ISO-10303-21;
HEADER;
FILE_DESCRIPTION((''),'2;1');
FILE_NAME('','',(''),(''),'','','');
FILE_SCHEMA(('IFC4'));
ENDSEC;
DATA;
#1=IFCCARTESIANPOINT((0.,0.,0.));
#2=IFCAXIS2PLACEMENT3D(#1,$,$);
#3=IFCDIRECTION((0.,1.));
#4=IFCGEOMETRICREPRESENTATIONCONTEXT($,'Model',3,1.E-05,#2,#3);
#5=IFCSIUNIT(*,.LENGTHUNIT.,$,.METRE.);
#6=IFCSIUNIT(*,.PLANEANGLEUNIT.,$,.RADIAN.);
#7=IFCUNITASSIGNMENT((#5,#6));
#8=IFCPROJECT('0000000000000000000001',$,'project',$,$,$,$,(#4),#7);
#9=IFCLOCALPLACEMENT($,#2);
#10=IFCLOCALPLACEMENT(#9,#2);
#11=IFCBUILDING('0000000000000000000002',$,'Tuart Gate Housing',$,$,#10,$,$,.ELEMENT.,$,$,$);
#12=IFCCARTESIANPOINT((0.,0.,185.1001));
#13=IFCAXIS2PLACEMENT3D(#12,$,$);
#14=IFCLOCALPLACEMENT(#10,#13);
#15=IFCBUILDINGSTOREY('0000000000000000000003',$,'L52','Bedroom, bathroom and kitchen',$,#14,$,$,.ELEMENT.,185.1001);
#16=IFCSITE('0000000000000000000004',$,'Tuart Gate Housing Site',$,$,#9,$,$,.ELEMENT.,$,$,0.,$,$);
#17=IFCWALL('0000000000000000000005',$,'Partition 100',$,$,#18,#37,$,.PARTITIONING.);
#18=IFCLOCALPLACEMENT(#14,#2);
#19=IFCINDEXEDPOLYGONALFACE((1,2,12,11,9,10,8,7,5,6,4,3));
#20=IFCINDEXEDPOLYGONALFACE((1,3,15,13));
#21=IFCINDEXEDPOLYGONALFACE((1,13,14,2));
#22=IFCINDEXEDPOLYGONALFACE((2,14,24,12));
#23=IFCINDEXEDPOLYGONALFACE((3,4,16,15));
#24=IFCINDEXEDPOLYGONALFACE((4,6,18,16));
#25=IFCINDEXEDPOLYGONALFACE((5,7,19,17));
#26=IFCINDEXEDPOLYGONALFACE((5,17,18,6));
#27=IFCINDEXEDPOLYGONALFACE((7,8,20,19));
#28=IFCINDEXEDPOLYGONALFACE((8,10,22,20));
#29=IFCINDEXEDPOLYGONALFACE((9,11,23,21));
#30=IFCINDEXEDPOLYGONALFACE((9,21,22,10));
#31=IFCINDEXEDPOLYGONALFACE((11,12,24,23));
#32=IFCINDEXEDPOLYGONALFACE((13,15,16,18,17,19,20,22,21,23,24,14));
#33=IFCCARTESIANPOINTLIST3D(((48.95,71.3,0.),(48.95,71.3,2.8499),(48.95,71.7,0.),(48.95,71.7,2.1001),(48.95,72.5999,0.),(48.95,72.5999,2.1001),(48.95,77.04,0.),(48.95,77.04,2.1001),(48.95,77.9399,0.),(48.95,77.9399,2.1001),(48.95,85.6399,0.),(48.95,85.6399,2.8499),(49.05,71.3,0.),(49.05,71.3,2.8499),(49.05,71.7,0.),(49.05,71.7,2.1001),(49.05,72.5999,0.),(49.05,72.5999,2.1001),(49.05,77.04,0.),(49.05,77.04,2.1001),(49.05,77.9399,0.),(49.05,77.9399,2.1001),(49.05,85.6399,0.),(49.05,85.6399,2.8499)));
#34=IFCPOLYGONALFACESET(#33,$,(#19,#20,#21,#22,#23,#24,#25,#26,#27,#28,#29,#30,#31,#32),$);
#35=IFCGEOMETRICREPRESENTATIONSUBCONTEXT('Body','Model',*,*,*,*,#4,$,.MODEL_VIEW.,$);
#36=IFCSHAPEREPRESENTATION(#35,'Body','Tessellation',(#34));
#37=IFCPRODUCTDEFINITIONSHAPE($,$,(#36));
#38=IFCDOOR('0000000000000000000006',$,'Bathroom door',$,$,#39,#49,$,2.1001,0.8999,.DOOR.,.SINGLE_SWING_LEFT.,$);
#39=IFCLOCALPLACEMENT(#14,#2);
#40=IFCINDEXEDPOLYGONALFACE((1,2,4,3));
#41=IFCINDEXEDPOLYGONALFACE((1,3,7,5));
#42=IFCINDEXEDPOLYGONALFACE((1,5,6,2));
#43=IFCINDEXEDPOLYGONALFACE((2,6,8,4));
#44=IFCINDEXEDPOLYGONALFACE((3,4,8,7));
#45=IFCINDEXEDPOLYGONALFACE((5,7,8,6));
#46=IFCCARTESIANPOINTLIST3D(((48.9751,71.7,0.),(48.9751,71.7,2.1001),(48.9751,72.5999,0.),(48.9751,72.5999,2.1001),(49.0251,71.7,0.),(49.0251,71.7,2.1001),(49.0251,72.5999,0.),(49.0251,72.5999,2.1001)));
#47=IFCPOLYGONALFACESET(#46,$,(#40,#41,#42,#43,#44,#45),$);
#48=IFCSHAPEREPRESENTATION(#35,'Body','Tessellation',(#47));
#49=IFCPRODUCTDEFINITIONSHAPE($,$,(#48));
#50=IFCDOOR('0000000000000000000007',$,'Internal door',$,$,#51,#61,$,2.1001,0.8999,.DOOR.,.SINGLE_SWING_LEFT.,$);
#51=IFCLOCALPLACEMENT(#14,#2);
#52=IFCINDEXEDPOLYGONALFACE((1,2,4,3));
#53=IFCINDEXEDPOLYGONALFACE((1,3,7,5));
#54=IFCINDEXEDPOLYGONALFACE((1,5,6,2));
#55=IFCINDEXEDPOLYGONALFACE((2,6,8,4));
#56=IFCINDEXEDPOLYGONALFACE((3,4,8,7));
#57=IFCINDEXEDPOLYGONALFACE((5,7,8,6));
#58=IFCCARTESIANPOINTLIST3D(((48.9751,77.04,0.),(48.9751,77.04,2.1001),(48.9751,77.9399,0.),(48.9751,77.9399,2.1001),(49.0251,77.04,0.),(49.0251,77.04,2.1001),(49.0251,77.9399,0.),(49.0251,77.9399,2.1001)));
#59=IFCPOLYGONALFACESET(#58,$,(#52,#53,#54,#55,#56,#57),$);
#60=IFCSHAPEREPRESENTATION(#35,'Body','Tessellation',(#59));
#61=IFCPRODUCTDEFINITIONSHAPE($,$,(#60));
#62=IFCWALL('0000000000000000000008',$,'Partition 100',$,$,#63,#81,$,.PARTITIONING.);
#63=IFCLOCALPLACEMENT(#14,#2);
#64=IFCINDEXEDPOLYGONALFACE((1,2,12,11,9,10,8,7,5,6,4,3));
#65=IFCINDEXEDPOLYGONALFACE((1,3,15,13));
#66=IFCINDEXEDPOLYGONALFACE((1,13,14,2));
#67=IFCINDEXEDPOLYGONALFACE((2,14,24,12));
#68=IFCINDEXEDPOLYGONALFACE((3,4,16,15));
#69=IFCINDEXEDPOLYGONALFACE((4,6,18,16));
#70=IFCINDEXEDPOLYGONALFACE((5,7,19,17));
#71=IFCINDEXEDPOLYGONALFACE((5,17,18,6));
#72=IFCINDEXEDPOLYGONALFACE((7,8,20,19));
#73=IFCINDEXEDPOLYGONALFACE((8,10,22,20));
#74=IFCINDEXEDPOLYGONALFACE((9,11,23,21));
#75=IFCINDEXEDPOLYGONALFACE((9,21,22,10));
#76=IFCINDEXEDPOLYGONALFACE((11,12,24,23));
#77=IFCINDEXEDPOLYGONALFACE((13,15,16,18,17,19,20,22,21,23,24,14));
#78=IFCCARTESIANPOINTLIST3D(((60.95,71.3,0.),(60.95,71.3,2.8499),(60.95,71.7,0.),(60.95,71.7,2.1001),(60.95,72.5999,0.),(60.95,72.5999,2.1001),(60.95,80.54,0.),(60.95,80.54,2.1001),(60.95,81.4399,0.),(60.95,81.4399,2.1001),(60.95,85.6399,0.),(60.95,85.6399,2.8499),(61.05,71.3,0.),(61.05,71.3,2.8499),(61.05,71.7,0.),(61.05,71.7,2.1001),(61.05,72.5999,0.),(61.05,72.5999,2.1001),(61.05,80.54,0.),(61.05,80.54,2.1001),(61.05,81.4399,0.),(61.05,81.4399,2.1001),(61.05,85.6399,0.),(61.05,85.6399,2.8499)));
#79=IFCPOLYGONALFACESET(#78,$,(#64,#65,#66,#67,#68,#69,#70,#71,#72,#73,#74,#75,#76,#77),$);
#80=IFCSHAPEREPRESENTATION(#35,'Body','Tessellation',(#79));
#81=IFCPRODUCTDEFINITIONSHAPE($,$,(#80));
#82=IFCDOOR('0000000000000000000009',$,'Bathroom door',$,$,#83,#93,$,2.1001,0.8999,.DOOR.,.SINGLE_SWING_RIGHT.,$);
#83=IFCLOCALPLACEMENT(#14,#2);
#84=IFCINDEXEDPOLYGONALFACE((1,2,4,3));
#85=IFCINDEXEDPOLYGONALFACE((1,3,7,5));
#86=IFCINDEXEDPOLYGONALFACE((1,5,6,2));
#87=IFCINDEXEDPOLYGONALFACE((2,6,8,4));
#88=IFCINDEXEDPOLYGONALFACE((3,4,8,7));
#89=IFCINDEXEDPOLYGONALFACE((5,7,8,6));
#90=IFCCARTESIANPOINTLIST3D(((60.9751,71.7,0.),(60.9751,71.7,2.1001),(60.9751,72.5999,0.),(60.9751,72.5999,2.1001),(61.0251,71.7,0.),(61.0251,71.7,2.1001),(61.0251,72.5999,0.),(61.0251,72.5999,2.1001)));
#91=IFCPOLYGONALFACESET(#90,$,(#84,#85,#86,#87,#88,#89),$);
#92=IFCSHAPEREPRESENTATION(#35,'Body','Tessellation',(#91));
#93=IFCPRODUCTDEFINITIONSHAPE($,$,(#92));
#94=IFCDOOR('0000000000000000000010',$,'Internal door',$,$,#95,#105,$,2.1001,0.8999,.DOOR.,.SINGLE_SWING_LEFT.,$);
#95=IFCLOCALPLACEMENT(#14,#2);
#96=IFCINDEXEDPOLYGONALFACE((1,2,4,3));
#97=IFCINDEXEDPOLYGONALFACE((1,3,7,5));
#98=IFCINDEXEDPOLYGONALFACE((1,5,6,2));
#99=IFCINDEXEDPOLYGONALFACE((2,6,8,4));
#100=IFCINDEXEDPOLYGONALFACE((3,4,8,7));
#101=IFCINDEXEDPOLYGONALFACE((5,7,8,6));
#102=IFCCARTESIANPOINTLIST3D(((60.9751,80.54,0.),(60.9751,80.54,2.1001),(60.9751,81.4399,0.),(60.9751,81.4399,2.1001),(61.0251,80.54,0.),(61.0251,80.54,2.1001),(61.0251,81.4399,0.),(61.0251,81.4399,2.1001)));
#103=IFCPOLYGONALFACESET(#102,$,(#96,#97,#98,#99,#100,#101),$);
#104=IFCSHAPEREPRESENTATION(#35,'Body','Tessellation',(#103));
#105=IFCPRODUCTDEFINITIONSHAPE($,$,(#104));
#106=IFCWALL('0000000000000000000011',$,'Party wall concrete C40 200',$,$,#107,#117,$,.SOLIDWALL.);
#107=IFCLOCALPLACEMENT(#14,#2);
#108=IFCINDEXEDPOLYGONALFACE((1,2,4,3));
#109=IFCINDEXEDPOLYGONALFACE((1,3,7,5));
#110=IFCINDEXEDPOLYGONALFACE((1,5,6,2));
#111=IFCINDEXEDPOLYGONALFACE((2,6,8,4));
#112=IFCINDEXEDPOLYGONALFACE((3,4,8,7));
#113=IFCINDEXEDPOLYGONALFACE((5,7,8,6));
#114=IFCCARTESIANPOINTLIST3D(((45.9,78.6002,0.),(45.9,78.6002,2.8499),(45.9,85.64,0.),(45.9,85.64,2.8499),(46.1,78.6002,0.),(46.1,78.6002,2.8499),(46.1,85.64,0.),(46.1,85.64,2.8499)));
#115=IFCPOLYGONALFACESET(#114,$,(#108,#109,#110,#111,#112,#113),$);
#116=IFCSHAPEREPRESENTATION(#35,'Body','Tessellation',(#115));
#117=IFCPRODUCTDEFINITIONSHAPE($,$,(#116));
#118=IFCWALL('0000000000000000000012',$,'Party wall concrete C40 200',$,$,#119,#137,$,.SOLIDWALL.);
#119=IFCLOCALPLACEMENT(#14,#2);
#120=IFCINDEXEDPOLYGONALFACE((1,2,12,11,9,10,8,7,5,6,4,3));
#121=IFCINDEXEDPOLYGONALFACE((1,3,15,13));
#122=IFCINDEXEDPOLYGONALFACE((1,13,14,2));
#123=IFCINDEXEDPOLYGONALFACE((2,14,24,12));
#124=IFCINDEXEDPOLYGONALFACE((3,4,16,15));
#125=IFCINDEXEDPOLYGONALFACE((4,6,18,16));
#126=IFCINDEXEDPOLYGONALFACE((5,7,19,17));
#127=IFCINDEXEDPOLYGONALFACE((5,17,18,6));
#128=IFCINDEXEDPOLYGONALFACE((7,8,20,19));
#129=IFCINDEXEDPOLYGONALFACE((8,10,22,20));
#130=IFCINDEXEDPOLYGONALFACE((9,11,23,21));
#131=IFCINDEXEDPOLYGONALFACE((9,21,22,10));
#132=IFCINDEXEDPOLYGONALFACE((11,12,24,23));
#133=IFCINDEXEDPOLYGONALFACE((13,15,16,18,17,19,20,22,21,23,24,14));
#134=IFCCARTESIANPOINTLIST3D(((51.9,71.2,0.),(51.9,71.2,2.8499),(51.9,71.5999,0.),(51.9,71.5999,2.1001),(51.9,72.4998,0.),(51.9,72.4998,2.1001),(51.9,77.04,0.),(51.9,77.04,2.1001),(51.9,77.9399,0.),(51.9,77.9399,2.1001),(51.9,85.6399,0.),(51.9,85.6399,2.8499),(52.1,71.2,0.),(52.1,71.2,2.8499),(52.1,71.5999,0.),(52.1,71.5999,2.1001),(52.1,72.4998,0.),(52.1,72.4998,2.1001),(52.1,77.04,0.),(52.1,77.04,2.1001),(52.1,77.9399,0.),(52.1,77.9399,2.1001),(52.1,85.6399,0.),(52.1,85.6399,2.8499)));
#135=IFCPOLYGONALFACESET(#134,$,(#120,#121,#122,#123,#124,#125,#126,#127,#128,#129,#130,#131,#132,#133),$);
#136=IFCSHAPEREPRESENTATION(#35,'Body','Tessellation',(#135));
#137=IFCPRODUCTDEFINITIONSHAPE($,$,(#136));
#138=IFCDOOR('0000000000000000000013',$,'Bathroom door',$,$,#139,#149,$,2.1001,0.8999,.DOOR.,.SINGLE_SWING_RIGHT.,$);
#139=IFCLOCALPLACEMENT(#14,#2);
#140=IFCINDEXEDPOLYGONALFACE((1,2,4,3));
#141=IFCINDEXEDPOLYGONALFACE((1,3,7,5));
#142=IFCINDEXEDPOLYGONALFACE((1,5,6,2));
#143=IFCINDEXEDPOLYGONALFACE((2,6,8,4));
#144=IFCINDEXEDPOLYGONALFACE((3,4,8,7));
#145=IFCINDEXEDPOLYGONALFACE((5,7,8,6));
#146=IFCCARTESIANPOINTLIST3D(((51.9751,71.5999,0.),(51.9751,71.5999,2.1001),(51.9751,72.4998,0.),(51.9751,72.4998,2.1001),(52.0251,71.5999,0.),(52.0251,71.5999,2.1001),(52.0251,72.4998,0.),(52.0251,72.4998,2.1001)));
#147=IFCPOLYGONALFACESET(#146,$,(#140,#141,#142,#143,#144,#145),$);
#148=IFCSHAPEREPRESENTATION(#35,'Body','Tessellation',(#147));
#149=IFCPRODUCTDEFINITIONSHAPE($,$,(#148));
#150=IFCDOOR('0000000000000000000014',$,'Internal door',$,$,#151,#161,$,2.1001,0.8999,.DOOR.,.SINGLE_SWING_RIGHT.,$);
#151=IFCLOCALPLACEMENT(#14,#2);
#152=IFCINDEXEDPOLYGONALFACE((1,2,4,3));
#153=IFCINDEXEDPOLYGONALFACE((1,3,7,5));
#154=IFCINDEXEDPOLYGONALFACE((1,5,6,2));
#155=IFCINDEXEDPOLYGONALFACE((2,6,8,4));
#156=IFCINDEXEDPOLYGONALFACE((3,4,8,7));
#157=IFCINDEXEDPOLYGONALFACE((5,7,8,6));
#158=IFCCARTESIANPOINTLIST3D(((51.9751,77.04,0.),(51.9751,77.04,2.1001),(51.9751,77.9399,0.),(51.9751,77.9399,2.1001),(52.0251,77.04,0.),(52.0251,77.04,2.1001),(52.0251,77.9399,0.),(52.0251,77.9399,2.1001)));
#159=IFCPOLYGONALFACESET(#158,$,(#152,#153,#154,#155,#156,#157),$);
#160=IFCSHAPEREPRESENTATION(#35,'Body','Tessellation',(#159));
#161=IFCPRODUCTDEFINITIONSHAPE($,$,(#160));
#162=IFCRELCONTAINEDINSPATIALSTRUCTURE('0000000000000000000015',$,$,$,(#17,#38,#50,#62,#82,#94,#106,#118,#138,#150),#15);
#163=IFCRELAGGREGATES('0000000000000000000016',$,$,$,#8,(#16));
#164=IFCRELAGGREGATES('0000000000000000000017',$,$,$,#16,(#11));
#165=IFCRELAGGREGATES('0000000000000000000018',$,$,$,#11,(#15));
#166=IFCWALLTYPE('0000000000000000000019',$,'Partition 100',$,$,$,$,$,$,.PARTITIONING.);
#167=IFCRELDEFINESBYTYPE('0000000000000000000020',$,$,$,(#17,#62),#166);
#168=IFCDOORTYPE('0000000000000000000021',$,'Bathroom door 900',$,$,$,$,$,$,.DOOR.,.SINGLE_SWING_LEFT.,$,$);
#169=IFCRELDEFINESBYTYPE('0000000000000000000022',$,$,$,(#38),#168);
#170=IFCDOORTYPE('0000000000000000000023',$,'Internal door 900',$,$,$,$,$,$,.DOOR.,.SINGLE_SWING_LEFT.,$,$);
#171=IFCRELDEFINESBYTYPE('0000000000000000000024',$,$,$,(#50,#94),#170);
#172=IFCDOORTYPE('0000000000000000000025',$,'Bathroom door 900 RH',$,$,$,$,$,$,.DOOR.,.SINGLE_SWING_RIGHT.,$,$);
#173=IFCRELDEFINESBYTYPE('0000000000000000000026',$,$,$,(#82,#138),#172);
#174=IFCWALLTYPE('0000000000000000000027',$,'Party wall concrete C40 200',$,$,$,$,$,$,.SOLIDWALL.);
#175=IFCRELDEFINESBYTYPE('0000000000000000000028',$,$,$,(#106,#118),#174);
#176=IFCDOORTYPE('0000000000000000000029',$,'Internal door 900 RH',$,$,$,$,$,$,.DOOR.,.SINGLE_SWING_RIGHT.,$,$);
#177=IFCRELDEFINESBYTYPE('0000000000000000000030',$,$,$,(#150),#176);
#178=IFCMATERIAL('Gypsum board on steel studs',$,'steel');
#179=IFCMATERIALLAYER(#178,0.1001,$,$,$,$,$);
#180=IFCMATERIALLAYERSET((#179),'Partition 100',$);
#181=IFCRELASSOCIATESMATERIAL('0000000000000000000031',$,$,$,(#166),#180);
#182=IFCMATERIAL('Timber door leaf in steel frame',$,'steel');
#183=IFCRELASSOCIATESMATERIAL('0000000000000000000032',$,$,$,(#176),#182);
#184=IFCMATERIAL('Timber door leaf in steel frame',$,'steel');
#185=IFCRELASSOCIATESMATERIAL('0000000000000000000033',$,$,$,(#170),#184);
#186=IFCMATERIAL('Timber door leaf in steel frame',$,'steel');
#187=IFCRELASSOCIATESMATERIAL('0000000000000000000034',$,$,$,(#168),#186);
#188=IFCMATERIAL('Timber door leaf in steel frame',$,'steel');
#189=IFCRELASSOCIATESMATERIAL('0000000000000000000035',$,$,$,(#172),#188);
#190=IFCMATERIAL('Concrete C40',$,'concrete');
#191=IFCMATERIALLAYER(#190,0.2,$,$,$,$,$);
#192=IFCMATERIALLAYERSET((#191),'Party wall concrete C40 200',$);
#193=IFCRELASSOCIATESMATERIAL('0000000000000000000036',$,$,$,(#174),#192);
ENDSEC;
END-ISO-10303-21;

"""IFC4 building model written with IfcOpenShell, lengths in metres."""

from ifc_helpers import new_model, si_unit, direction, frame, frame_2d, origin, place, context, subcontext, project, spatial, rectangle, extrude, material, layer, layer_set, type_object, element, fill, save


model = new_model("IFC4")

# Units and contexts
model_context = context("Model", 3, precision=1e-05, world=origin(), true_north=direction((0.0, 1.0)))
body_context = subcontext(model_context, "Body", "Model", "MODEL_VIEW")
ifc_project = project(units=[si_unit("LENGTHUNIT", "METRE"), si_unit("PLANEANGLEUNIT", "RADIAN")], contexts=[model_context])

# Site, building, storey
site_placement = place(None, origin())
site = spatial("IfcSite", under=ifc_project, at=site_placement, Name="Tuart Gate Housing Site", CompositionType="ELEMENT", RefElevation=0.0)
building_placement = place(site_placement, origin())
building = spatial("IfcBuilding", under=site, at=building_placement, Name="Tuart Gate Housing", CompositionType="ELEMENT")
storey_placement = place(building_placement, frame((0.0, 0.0, 185.1001)))
storey = spatial("IfcBuildingStorey", under=building, at=storey_placement, Name="L52", Description="Bedroom, bathroom and kitchen", CompositionType="ELEMENT", Elevation=185.1001)

# Shared definitions
ifc_material_1 = material(Name="Gypsum board on steel studs", Category="steel")
ifc_layer_1 = layer(ifc_material_1, 0.1001)
ifc_layer_set_1 = layer_set([ifc_layer_1], Name="Partition 100")
wall_type_1 = type_object("IfcWallType", Name="Partition 100", PredefinedType="PARTITIONING", material=ifc_layer_set_1)

# Shared definitions
ifc_material_2 = material(Name="Timber door leaf in steel frame", Category="steel")
door_type_1 = type_object("IfcDoorType", Name="Internal door 900 RH", OperationType="SINGLE_SWING_RIGHT", PredefinedType="DOOR", material=ifc_material_2)
ifc_material_3 = material(Name="Timber door leaf in steel frame", Category="steel")
door_type_2 = type_object("IfcDoorType", Name="Internal door 900", OperationType="SINGLE_SWING_LEFT", PredefinedType="DOOR", material=ifc_material_3)

# Walls, openings, doors
wall_1_placement = place(storey_placement, frame((49.0, 71.3, 0.0), z_axis=(0.0, 0.0, 1.0), x_axis=(0.0, 1.0, 0.0)))
wall_1 = element("IfcWall", 1, at=wall_1_placement, inside=storey, type_object=wall_type_1, Name="Partition 100", PredefinedType="PARTITIONING", context=body_context, shape_type="SweptSolid", body=[
    extrude(rectangle(XDim=14.3398, YDim=0.1001, at=frame_2d((7.1699, 0.0))), origin(), (0.0, 0.0, 1.0), 2.8499),
])
opening_1_placement = place(wall_1_placement, frame((5.74, 0.0, 0.0)))
opening_1 = element("IfcOpeningElement", 2, at=opening_1_placement, cuts=wall_1, PredefinedType="OPENING", context=body_context, shape_type="SweptSolid", body=[
    extrude(rectangle(XDim=0.8999, YDim=2.1001, at=frame_2d((0.45, 1.05))), frame((0.0, 0.0601, 0.0), z_axis=(0.0, -1.0, 0.0), x_axis=(1.0, 0.0, 0.0)), (0.0, 0.0, 1.0), 0.1201),
])
opening_2_placement = place(wall_1_placement, frame((0.3999, 0.0, 0.0)))
opening_2 = element("IfcOpeningElement", 3, at=opening_2_placement, cuts=wall_1, PredefinedType="OPENING", context=body_context, shape_type="SweptSolid", body=[
    extrude(rectangle(XDim=0.8999, YDim=2.1001, at=frame_2d((0.45, 1.05))), frame((0.0, 0.0601, 0.0), z_axis=(0.0, -1.0, 0.0), x_axis=(1.0, 0.0, 0.0)), (0.0, 0.0, 1.0), 0.1201),
])
ifc_material_4 = material(Name="Timber door leaf in steel frame", Category="steel")
door_type_3 = type_object("IfcDoorType", Name="Bathroom door 900", OperationType="SINGLE_SWING_LEFT", PredefinedType="DOOR", material=ifc_material_4)
door_1_placement = place(opening_2_placement, origin())
door_1 = element("IfcDoor", 4, at=door_1_placement, inside=storey, type_object=door_type_3, Name="Bathroom door", OperationType="SINGLE_SWING_LEFT", OverallHeight=2.1001, OverallWidth=0.8999, PredefinedType="DOOR", context=body_context, shape_type="SweptSolid", body=[
    extrude(rectangle(XDim=0.8999, YDim=2.1001, at=frame_2d((0.45, 1.05))), frame((0.0, 0.0249, 0.0), z_axis=(0.0, -1.0, 0.0), x_axis=(1.0, 0.0, 0.0)), (0.0, 0.0, 1.0), 0.05),
])
fill(opening_2, door_1)
door_2_placement = place(opening_1_placement, origin())
door_2 = element("IfcDoor", 5, at=door_2_placement, inside=storey, type_object=door_type_2, Name="Internal door", OperationType="SINGLE_SWING_LEFT", OverallHeight=2.1001, OverallWidth=0.8999, PredefinedType="DOOR", context=body_context, shape_type="SweptSolid", body=[
    extrude(rectangle(XDim=0.8999, YDim=2.1001, at=frame_2d((0.45, 1.05))), frame((0.0, 0.0249, 0.0), z_axis=(0.0, -1.0, 0.0), x_axis=(1.0, 0.0, 0.0)), (0.0, 0.0, 1.0), 0.05),
])
fill(opening_1, door_2)
wall_2_placement = place(storey_placement, frame((61.0, 71.3, 0.0), z_axis=(0.0, 0.0, 1.0), x_axis=(0.0, 1.0, 0.0)))
wall_2 = element("IfcWall", 6, at=wall_2_placement, inside=storey, type_object=wall_type_1, Name="Partition 100", PredefinedType="PARTITIONING", context=body_context, shape_type="SweptSolid", body=[
    extrude(rectangle(XDim=14.3398, YDim=0.1001, at=frame_2d((7.1699, 0.0))), origin(), (0.0, 0.0, 1.0), 2.8499),
])
opening_3_placement = place(wall_2_placement, frame((9.24, 0.0, 0.0)))
opening_3 = element("IfcOpeningElement", 7, at=opening_3_placement, cuts=wall_2, PredefinedType="OPENING", context=body_context, shape_type="SweptSolid", body=[
    extrude(rectangle(XDim=0.8999, YDim=2.1001, at=frame_2d((0.45, 1.05))), frame((0.0, 0.0601, 0.0), z_axis=(0.0, -1.0, 0.0), x_axis=(1.0, 0.0, 0.0)), (0.0, 0.0, 1.0), 0.1201),
])
opening_4_placement = place(wall_2_placement, frame((0.3999, 0.0, 0.0)))
opening_4 = element("IfcOpeningElement", 8, at=opening_4_placement, cuts=wall_2, PredefinedType="OPENING", context=body_context, shape_type="SweptSolid", body=[
    extrude(rectangle(XDim=0.8999, YDim=2.1001, at=frame_2d((0.45, 1.05))), frame((0.0, 0.0601, 0.0), z_axis=(0.0, -1.0, 0.0), x_axis=(1.0, 0.0, 0.0)), (0.0, 0.0, 1.0), 0.1201),
])
ifc_material_5 = material(Name="Timber door leaf in steel frame", Category="steel")
door_type_4 = type_object("IfcDoorType", Name="Bathroom door 900 RH", OperationType="SINGLE_SWING_RIGHT", PredefinedType="DOOR", material=ifc_material_5)
door_3_placement = place(opening_4_placement, frame((0.8999, 0.0, 0.0), z_axis=(0.0, 0.0, 1.0), x_axis=(-1.0, 0.0, 0.0)))
door_3 = element("IfcDoor", 9, at=door_3_placement, inside=storey, type_object=door_type_4, Name="Bathroom door", OperationType="SINGLE_SWING_RIGHT", OverallHeight=2.1001, OverallWidth=0.8999, PredefinedType="DOOR", context=body_context, shape_type="SweptSolid", body=[
    extrude(rectangle(XDim=0.8999, YDim=2.1001, at=frame_2d((0.45, 1.05))), frame((0.0, 0.0251, 0.0), z_axis=(0.0, -1.0, 0.0), x_axis=(1.0, 0.0, 0.0)), (0.0, 0.0, 1.0), 0.05),
])
fill(opening_4, door_3)
door_4_placement = place(opening_3_placement, frame((0.8999, 0.0, 0.0), z_axis=(0.0, 0.0, 1.0), x_axis=(-1.0, 0.0, 0.0)))
door_4 = element("IfcDoor", 10, at=door_4_placement, inside=storey, type_object=door_type_2, Name="Internal door", OperationType="SINGLE_SWING_LEFT", OverallHeight=2.1001, OverallWidth=0.8999, PredefinedType="DOOR", context=body_context, shape_type="SweptSolid", body=[
    extrude(rectangle(XDim=0.8999, YDim=2.1001, at=frame_2d((0.45, 1.05))), frame((0.0, 0.0251, 0.0), z_axis=(0.0, -1.0, 0.0), x_axis=(1.0, 0.0, 0.0)), (0.0, 0.0, 1.0), 0.05),
])
fill(opening_3, door_4)

# Wall
ifc_material_6 = material(Name="Concrete C40", Category="concrete")
ifc_layer_2 = layer(ifc_material_6, 0.2)
ifc_layer_set_2 = layer_set([ifc_layer_2], Name="Party wall concrete C40 200")
wall_type_2 = type_object("IfcWallType", Name="Party wall concrete C40 200", PredefinedType="SOLIDWALL", material=ifc_layer_set_2)
wall_3_placement = place(storey_placement, frame((46.0, 78.6001, 0.0), z_axis=(0.0, 0.0, 1.0), x_axis=(0.0, 1.0, 0.0)))
element("IfcWall", 11, at=wall_3_placement, inside=storey, type_object=wall_type_2, Name="Party wall concrete C40 200", PredefinedType="SOLIDWALL", context=body_context, shape_type="SweptSolid", body=[
    extrude(rectangle(XDim=7.0398, YDim=0.2, at=frame_2d((3.52, 0.0))), origin(), (0.0, 0.0, 1.0), 2.8499),
])

# Wall, openings, doors
wall_4_placement = place(storey_placement, frame((52.0, 71.2, 0.0), z_axis=(0.0, 0.0, 1.0), x_axis=(0.0, 1.0, 0.0)))
wall_4 = element("IfcWall", 12, at=wall_4_placement, inside=storey, type_object=wall_type_2, Name="Party wall concrete C40 200", PredefinedType="SOLIDWALL", context=body_context, shape_type="SweptSolid", body=[
    extrude(rectangle(XDim=14.4399, YDim=0.2, at=frame_2d((7.22, 0.0))), origin(), (0.0, 0.0, 1.0), 2.8499),
])
opening_5_placement = place(wall_4_placement, frame((5.8401, 0.0, 0.0)))
opening_5 = element("IfcOpeningElement", 13, at=opening_5_placement, cuts=wall_4, PredefinedType="OPENING", context=body_context, shape_type="SweptSolid", body=[
    extrude(rectangle(XDim=0.8999, YDim=2.1001, at=frame_2d((0.45, 1.05))), frame((0.0, 0.1099, 0.0), z_axis=(0.0, -1.0, 0.0), x_axis=(1.0, 0.0, 0.0)), (0.0, 0.0, 1.0), 0.22),
])
opening_6_placement = place(wall_4_placement, frame((0.3999, 0.0, 0.0)))
opening_6 = element("IfcOpeningElement", 14, at=opening_6_placement, cuts=wall_4, PredefinedType="OPENING", context=body_context, shape_type="SweptSolid", body=[
    extrude(rectangle(XDim=0.8999, YDim=2.1001, at=frame_2d((0.45, 1.05))), frame((0.0, 0.1099, 0.0), z_axis=(0.0, -1.0, 0.0), x_axis=(1.0, 0.0, 0.0)), (0.0, 0.0, 1.0), 0.22),
])
door_5_placement = place(opening_6_placement, frame((0.8999, 0.0, 0.0), z_axis=(0.0, 0.0, 1.0), x_axis=(-1.0, 0.0, 0.0)))
door_5 = element("IfcDoor", 15, at=door_5_placement, inside=storey, type_object=door_type_4, Name="Bathroom door", OperationType="SINGLE_SWING_RIGHT", OverallHeight=2.1001, OverallWidth=0.8999, PredefinedType="DOOR", context=body_context, shape_type="SweptSolid", body=[
    extrude(rectangle(XDim=0.8999, YDim=2.1001, at=frame_2d((0.45, 1.05))), frame((0.0, 0.0251, 0.0), z_axis=(0.0, -1.0, 0.0), x_axis=(1.0, 0.0, 0.0)), (0.0, 0.0, 1.0), 0.05),
])
fill(opening_6, door_5)
door_6_placement = place(opening_5_placement, frame((0.8999, 0.0, 0.0), z_axis=(0.0, 0.0, 1.0), x_axis=(-1.0, 0.0, 0.0)))
door_6 = element("IfcDoor", 16, at=door_6_placement, inside=storey, type_object=door_type_1, Name="Internal door", OperationType="SINGLE_SWING_RIGHT", OverallHeight=2.1001, OverallWidth=0.8999, PredefinedType="DOOR", context=body_context, shape_type="SweptSolid", body=[
    extrude(rectangle(XDim=0.8999, YDim=2.1001, at=frame_2d((0.45, 1.05))), frame((0.0, 0.0251, 0.0), z_axis=(0.0, -1.0, 0.0), x_axis=(1.0, 0.0, 0.0)), (0.0, 0.0, 1.0), 0.05),
])
fill(opening_5, door_6)

save(model, "model.ifc")
